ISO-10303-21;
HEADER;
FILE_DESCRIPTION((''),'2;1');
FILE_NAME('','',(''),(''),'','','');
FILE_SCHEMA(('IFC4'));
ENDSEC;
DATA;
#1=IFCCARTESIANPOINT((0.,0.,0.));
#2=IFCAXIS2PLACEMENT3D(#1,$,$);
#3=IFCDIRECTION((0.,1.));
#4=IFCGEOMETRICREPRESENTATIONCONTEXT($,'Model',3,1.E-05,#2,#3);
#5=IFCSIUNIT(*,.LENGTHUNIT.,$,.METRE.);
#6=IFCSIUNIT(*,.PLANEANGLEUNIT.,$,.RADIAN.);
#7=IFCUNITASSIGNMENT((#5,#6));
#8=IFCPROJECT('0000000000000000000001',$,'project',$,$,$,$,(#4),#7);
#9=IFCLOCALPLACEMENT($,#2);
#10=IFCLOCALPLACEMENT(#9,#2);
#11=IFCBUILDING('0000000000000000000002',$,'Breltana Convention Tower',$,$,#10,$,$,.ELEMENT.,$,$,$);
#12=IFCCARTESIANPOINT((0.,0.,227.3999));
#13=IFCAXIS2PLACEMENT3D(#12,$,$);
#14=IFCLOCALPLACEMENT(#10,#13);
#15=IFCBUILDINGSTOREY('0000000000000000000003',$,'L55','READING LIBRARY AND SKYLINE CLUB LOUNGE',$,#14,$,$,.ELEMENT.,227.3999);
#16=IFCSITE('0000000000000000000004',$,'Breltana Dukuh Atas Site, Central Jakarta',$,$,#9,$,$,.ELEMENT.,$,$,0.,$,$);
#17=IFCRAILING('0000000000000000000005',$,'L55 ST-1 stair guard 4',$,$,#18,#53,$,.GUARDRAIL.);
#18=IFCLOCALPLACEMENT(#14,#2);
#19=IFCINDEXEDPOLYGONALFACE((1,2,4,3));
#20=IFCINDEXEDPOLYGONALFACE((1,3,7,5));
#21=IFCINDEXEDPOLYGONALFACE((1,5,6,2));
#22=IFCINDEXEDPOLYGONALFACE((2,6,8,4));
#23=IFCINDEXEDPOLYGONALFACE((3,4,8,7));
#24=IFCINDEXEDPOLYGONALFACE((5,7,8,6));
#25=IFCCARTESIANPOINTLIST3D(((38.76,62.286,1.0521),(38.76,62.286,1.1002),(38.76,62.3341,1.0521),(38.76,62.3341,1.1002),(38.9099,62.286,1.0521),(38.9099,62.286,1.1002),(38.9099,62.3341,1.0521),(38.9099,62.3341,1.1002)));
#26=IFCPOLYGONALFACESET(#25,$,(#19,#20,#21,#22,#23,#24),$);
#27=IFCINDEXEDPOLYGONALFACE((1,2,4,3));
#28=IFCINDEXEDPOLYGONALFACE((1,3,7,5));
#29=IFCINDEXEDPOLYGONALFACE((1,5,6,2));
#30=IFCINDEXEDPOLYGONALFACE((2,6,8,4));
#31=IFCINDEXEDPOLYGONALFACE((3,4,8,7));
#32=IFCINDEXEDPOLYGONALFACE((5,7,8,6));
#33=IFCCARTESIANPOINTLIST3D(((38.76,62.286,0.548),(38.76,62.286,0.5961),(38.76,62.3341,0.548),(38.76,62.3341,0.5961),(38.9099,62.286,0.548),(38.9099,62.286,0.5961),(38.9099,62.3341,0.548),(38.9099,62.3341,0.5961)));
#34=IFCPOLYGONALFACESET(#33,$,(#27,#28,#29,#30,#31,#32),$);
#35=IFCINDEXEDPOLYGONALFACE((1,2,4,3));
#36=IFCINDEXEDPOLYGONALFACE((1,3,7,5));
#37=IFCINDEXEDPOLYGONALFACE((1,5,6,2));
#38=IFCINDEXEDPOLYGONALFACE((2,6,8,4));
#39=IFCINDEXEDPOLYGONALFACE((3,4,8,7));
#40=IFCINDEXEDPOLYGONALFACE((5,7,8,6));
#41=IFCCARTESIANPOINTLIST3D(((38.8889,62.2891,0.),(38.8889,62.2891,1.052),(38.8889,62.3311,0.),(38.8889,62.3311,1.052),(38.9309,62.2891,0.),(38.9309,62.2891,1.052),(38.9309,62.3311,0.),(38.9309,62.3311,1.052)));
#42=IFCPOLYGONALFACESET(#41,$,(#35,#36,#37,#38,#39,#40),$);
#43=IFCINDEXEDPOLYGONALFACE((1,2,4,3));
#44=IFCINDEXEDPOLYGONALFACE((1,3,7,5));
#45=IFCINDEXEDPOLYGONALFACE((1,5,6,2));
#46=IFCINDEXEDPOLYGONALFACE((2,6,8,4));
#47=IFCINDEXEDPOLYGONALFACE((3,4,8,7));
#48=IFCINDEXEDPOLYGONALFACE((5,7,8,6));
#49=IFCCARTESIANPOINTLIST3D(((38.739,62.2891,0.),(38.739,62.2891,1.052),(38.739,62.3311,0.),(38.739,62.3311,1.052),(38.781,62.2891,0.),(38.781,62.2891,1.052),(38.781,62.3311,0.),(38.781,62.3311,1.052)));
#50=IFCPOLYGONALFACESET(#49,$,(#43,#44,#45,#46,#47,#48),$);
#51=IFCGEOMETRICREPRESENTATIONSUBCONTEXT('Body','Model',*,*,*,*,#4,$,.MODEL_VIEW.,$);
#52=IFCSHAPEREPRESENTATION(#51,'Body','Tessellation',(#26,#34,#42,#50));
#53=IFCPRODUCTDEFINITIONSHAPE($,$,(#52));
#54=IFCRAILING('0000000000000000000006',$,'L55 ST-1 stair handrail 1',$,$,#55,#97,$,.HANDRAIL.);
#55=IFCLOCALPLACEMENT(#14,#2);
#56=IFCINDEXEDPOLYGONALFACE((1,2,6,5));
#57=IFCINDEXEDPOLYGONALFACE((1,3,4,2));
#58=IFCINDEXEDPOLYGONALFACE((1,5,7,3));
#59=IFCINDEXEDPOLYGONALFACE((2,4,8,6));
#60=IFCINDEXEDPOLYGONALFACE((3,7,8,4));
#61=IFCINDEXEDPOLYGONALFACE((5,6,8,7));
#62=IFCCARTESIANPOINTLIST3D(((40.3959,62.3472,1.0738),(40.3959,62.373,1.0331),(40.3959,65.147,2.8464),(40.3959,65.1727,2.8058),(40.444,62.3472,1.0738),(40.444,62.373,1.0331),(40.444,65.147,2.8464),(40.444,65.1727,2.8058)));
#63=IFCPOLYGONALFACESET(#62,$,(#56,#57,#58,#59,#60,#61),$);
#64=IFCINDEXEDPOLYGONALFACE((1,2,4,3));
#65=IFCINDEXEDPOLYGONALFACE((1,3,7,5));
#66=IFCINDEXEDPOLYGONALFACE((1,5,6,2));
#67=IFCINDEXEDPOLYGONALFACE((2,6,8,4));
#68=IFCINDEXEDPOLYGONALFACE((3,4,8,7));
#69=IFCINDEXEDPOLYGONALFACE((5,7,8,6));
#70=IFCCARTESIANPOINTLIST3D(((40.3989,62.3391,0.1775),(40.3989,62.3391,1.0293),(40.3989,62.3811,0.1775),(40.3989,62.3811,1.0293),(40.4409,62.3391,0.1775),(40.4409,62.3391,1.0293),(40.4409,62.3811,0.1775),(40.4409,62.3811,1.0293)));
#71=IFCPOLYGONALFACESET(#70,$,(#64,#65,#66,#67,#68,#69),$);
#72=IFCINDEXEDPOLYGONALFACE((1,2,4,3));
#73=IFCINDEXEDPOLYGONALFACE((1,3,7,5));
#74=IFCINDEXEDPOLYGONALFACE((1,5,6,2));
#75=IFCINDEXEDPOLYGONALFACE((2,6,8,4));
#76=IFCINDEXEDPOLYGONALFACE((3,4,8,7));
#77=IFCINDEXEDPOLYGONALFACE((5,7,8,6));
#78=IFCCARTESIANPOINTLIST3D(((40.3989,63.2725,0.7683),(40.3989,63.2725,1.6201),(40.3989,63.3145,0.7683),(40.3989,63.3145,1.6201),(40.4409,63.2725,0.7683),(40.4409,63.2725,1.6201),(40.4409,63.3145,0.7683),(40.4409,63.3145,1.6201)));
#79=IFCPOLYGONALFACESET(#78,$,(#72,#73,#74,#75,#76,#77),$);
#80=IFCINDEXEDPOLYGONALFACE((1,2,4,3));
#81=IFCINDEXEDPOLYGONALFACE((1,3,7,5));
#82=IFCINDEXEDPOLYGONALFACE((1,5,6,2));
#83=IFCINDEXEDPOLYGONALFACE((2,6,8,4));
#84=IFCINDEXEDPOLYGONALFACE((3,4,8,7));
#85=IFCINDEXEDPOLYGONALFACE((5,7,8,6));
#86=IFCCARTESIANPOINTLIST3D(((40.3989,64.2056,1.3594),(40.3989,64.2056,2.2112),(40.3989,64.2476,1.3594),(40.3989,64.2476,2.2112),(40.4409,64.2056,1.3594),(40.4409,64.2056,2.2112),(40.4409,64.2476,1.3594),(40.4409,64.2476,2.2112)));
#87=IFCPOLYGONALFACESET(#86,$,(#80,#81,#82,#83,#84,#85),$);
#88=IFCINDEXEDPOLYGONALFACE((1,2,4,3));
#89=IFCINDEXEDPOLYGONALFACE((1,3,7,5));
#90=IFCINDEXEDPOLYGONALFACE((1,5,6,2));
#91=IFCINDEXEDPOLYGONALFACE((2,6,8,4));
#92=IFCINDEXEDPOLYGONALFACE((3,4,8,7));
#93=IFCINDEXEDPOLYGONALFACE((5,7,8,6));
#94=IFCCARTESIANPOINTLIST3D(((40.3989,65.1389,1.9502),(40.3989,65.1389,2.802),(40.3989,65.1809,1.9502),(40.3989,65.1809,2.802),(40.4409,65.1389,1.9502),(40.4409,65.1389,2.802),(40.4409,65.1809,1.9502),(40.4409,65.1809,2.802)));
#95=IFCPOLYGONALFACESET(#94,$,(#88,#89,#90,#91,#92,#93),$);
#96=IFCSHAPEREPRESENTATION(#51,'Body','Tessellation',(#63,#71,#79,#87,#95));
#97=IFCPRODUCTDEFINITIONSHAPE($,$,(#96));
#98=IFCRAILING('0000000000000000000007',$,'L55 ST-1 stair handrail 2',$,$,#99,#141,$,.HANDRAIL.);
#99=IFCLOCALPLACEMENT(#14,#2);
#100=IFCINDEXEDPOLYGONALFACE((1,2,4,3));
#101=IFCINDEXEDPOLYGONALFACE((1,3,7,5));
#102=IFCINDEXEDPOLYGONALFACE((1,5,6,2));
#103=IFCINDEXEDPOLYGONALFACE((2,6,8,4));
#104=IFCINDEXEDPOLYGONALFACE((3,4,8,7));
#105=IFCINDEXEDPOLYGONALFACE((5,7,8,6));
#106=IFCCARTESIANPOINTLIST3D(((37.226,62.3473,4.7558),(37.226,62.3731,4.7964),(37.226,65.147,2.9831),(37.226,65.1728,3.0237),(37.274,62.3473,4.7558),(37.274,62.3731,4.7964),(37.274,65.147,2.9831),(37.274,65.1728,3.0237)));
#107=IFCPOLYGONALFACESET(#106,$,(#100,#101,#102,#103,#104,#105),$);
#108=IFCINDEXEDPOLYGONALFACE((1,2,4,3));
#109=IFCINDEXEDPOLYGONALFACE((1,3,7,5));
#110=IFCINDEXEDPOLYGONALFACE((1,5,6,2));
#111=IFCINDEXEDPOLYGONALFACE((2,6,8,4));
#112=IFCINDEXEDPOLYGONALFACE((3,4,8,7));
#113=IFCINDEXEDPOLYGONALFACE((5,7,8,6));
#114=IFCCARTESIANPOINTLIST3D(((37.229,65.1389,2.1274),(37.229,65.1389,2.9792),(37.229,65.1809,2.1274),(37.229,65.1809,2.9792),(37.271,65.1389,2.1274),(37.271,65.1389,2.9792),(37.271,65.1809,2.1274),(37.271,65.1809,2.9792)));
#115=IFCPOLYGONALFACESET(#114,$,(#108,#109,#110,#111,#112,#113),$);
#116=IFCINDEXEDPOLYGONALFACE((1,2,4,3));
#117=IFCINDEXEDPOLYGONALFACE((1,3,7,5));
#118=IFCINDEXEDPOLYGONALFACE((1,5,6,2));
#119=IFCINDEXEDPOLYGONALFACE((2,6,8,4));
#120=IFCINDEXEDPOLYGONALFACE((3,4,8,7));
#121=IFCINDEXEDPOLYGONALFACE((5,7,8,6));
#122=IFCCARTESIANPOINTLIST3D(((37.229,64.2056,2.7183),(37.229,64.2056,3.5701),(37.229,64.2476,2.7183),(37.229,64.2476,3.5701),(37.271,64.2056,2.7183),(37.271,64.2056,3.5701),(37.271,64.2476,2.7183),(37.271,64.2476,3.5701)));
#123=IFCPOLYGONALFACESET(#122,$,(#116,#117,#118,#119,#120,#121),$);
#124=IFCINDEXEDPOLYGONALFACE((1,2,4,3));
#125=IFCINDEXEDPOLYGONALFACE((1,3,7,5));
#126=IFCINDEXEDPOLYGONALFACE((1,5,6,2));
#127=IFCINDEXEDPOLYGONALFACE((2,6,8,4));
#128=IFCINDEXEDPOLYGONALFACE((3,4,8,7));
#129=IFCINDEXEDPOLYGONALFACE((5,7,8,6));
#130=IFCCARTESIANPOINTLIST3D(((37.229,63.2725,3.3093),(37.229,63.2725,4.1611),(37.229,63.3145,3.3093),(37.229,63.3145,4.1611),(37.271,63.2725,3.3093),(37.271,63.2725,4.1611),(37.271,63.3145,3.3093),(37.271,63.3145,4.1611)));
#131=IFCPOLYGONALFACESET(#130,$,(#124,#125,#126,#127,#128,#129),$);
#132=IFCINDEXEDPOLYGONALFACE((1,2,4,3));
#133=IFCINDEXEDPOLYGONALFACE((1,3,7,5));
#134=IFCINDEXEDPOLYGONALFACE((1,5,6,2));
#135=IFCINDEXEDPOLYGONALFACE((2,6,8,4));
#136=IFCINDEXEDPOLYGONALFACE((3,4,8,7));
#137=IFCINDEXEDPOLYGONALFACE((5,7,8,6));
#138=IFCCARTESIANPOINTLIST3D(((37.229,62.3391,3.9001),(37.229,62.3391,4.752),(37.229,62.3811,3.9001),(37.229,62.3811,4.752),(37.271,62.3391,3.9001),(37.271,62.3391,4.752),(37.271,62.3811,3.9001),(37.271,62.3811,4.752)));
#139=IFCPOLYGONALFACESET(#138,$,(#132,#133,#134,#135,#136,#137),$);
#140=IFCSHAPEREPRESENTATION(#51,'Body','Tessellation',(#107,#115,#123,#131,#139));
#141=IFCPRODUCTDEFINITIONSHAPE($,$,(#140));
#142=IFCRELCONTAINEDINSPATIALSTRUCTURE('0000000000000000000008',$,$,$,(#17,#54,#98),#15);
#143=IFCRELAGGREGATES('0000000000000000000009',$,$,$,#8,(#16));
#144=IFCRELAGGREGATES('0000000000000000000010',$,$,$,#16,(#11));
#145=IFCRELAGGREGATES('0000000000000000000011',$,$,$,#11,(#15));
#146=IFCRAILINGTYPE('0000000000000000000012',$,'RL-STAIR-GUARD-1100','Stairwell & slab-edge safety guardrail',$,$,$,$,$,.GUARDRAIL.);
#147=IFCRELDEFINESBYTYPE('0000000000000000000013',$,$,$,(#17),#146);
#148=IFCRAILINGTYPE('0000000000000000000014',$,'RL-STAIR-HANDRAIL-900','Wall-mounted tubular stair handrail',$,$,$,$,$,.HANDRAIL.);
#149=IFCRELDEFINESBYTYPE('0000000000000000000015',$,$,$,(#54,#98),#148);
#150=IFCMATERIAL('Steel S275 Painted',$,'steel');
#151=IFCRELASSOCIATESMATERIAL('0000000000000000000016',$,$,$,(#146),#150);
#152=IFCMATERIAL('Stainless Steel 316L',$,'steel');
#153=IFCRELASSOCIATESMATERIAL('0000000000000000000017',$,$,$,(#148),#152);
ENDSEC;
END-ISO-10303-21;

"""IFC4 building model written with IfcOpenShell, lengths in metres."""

from ifc_helpers import new_model, si_unit, direction, frame, origin, origin_2d, place, context, subcontext, project, spatial, rectangle, extrude, material, type_object, element, save


model = new_model("IFC4")

# Units and contexts
model_context = context("Model", 3, precision=1e-05, world=origin(), true_north=direction((0.0, 1.0)))
body_context = subcontext(model_context, "Body", "Model", "MODEL_VIEW")
ifc_project = project(units=[si_unit("LENGTHUNIT", "METRE"), si_unit("PLANEANGLEUNIT", "RADIAN")], contexts=[model_context])

# Site, building, storey
site_placement = place(None, origin())
site = spatial("IfcSite", under=ifc_project, at=site_placement, Name="Breltana Dukuh Atas Site, Central Jakarta", CompositionType="ELEMENT", RefElevation=0.0)
building_placement = place(site_placement, origin())
building = spatial("IfcBuilding", under=site, at=building_placement, Name="Breltana Convention Tower", CompositionType="ELEMENT")
storey_placement = place(building_placement, frame((0.0, 0.0, 227.3999)))
storey = spatial("IfcBuildingStorey", under=building, at=storey_placement, Name="L55", Description="READING LIBRARY AND SKYLINE CLUB LOUNGE", CompositionType="ELEMENT", Elevation=227.3999)

# Railings
ifc_material_1 = material(Name="Steel S275 Painted", Category="steel")
railing_type_1 = type_object("IfcRailingType", Name="RL-STAIR-GUARD-1100", Description="Stairwell & slab-edge safety guardrail", PredefinedType="GUARDRAIL", material=ifc_material_1)
railing_1_placement = place(storey_placement, frame((38.9099, 62.3101, 0.0)))
element("IfcRailing", 1, at=railing_1_placement, inside=storey, type_object=railing_type_1, Name="L55 ST-1 stair guard 4", PredefinedType="GUARDRAIL", context=body_context, shape_type="SweptSolid", body=[
    extrude(rectangle(XDim=0.0481, YDim=0.0481, at=origin_2d()), frame((0.0, 0.0, 1.0762), z_axis=(-1.0, 0.0, 0.0), x_axis=(0.0, -1.0, 0.0)), (0.0, 0.0, 1.0), 0.1499),
    extrude(rectangle(XDim=0.0481, YDim=0.0481, at=origin_2d()), frame((0.0, 0.0, 0.572), z_axis=(-1.0, 0.0, 0.0), x_axis=(0.0, -1.0, 0.0)), (0.0, 0.0, 1.0), 0.1499),
    extrude(rectangle(XDim=0.042, YDim=0.042, at=origin_2d()), origin(), (0.0, 0.0, 1.0), 1.052),
    extrude(rectangle(XDim=0.042, YDim=0.042, at=origin_2d()), frame((-0.1499, 0.0, 0.0)), (0.0, 0.0, 1.0), 1.052),
])
ifc_material_2 = material(Name="Stainless Steel 316L", Category="steel")
railing_type_2 = type_object("IfcRailingType", Name="RL-STAIR-HANDRAIL-900", Description="Wall-mounted tubular stair handrail", PredefinedType="HANDRAIL", material=ifc_material_2)
railing_2_placement = place(storey_placement, frame((40.4199, 62.3601, 0.1775)))
element("IfcRailing", 2, at=railing_2_placement, inside=storey, type_object=railing_type_2, Name="L55 ST-1 stair handrail 1", PredefinedType="HANDRAIL", context=body_context, shape_type="SweptSolid", body=[
    extrude(rectangle(XDim=0.0481, YDim=0.0481, at=origin_2d()), frame((0.0, 0.0, 0.876), z_axis=(0.0, 0.844888, 0.534943), x_axis=(-1.0, 0.0, 0.0)), (0.0, 0.0, 1.0), 3.3137),
    extrude(rectangle(XDim=0.042, YDim=0.042, at=origin_2d()), origin(), (0.0, 0.0, 1.0), 0.8518),
    extrude(rectangle(XDim=0.042, YDim=0.042, at=origin_2d()), frame((0.0, 0.9333, 0.5908)), (0.0, 0.0, 1.0), 0.8518),
    extrude(rectangle(XDim=0.042, YDim=0.042, at=origin_2d()), frame((0.0, 1.8665, 1.1819)), (0.0, 0.0, 1.0), 0.8518),
    extrude(rectangle(XDim=0.042, YDim=0.042, at=origin_2d()), frame((0.0, 2.7998, 1.7727)), (0.0, 0.0, 1.0), 0.8518),
])
railing_3_placement = place(storey_placement, frame((37.25, 65.1599, 2.1274)))
element("IfcRailing", 3, at=railing_3_placement, inside=storey, type_object=railing_type_2, Name="L55 ST-1 stair handrail 2", PredefinedType="HANDRAIL", context=body_context, shape_type="SweptSolid", body=[
    extrude(rectangle(XDim=0.0481, YDim=0.0481, at=origin_2d()), frame((0.0, 0.0, 0.876), z_axis=(0.0, -0.844888, 0.534943), x_axis=(1.0, 0.0, 0.0)), (0.0, 0.0, 1.0), 3.3137),
    extrude(rectangle(XDim=0.042, YDim=0.042, at=origin_2d()), origin(), (0.0, 0.0, 1.0), 0.8518),
    extrude(rectangle(XDim=0.042, YDim=0.042, at=origin_2d()), frame((0.0, -0.9333, 0.5908)), (0.0, 0.0, 1.0), 0.8518),
    extrude(rectangle(XDim=0.042, YDim=0.042, at=origin_2d()), frame((0.0, -1.8665, 1.1819)), (0.0, 0.0, 1.0), 0.8518),
    extrude(rectangle(XDim=0.042, YDim=0.042, at=origin_2d()), frame((0.0, -2.7998, 1.7727)), (0.0, 0.0, 1.0), 0.8518),
])

save(model, "model.ifc")
